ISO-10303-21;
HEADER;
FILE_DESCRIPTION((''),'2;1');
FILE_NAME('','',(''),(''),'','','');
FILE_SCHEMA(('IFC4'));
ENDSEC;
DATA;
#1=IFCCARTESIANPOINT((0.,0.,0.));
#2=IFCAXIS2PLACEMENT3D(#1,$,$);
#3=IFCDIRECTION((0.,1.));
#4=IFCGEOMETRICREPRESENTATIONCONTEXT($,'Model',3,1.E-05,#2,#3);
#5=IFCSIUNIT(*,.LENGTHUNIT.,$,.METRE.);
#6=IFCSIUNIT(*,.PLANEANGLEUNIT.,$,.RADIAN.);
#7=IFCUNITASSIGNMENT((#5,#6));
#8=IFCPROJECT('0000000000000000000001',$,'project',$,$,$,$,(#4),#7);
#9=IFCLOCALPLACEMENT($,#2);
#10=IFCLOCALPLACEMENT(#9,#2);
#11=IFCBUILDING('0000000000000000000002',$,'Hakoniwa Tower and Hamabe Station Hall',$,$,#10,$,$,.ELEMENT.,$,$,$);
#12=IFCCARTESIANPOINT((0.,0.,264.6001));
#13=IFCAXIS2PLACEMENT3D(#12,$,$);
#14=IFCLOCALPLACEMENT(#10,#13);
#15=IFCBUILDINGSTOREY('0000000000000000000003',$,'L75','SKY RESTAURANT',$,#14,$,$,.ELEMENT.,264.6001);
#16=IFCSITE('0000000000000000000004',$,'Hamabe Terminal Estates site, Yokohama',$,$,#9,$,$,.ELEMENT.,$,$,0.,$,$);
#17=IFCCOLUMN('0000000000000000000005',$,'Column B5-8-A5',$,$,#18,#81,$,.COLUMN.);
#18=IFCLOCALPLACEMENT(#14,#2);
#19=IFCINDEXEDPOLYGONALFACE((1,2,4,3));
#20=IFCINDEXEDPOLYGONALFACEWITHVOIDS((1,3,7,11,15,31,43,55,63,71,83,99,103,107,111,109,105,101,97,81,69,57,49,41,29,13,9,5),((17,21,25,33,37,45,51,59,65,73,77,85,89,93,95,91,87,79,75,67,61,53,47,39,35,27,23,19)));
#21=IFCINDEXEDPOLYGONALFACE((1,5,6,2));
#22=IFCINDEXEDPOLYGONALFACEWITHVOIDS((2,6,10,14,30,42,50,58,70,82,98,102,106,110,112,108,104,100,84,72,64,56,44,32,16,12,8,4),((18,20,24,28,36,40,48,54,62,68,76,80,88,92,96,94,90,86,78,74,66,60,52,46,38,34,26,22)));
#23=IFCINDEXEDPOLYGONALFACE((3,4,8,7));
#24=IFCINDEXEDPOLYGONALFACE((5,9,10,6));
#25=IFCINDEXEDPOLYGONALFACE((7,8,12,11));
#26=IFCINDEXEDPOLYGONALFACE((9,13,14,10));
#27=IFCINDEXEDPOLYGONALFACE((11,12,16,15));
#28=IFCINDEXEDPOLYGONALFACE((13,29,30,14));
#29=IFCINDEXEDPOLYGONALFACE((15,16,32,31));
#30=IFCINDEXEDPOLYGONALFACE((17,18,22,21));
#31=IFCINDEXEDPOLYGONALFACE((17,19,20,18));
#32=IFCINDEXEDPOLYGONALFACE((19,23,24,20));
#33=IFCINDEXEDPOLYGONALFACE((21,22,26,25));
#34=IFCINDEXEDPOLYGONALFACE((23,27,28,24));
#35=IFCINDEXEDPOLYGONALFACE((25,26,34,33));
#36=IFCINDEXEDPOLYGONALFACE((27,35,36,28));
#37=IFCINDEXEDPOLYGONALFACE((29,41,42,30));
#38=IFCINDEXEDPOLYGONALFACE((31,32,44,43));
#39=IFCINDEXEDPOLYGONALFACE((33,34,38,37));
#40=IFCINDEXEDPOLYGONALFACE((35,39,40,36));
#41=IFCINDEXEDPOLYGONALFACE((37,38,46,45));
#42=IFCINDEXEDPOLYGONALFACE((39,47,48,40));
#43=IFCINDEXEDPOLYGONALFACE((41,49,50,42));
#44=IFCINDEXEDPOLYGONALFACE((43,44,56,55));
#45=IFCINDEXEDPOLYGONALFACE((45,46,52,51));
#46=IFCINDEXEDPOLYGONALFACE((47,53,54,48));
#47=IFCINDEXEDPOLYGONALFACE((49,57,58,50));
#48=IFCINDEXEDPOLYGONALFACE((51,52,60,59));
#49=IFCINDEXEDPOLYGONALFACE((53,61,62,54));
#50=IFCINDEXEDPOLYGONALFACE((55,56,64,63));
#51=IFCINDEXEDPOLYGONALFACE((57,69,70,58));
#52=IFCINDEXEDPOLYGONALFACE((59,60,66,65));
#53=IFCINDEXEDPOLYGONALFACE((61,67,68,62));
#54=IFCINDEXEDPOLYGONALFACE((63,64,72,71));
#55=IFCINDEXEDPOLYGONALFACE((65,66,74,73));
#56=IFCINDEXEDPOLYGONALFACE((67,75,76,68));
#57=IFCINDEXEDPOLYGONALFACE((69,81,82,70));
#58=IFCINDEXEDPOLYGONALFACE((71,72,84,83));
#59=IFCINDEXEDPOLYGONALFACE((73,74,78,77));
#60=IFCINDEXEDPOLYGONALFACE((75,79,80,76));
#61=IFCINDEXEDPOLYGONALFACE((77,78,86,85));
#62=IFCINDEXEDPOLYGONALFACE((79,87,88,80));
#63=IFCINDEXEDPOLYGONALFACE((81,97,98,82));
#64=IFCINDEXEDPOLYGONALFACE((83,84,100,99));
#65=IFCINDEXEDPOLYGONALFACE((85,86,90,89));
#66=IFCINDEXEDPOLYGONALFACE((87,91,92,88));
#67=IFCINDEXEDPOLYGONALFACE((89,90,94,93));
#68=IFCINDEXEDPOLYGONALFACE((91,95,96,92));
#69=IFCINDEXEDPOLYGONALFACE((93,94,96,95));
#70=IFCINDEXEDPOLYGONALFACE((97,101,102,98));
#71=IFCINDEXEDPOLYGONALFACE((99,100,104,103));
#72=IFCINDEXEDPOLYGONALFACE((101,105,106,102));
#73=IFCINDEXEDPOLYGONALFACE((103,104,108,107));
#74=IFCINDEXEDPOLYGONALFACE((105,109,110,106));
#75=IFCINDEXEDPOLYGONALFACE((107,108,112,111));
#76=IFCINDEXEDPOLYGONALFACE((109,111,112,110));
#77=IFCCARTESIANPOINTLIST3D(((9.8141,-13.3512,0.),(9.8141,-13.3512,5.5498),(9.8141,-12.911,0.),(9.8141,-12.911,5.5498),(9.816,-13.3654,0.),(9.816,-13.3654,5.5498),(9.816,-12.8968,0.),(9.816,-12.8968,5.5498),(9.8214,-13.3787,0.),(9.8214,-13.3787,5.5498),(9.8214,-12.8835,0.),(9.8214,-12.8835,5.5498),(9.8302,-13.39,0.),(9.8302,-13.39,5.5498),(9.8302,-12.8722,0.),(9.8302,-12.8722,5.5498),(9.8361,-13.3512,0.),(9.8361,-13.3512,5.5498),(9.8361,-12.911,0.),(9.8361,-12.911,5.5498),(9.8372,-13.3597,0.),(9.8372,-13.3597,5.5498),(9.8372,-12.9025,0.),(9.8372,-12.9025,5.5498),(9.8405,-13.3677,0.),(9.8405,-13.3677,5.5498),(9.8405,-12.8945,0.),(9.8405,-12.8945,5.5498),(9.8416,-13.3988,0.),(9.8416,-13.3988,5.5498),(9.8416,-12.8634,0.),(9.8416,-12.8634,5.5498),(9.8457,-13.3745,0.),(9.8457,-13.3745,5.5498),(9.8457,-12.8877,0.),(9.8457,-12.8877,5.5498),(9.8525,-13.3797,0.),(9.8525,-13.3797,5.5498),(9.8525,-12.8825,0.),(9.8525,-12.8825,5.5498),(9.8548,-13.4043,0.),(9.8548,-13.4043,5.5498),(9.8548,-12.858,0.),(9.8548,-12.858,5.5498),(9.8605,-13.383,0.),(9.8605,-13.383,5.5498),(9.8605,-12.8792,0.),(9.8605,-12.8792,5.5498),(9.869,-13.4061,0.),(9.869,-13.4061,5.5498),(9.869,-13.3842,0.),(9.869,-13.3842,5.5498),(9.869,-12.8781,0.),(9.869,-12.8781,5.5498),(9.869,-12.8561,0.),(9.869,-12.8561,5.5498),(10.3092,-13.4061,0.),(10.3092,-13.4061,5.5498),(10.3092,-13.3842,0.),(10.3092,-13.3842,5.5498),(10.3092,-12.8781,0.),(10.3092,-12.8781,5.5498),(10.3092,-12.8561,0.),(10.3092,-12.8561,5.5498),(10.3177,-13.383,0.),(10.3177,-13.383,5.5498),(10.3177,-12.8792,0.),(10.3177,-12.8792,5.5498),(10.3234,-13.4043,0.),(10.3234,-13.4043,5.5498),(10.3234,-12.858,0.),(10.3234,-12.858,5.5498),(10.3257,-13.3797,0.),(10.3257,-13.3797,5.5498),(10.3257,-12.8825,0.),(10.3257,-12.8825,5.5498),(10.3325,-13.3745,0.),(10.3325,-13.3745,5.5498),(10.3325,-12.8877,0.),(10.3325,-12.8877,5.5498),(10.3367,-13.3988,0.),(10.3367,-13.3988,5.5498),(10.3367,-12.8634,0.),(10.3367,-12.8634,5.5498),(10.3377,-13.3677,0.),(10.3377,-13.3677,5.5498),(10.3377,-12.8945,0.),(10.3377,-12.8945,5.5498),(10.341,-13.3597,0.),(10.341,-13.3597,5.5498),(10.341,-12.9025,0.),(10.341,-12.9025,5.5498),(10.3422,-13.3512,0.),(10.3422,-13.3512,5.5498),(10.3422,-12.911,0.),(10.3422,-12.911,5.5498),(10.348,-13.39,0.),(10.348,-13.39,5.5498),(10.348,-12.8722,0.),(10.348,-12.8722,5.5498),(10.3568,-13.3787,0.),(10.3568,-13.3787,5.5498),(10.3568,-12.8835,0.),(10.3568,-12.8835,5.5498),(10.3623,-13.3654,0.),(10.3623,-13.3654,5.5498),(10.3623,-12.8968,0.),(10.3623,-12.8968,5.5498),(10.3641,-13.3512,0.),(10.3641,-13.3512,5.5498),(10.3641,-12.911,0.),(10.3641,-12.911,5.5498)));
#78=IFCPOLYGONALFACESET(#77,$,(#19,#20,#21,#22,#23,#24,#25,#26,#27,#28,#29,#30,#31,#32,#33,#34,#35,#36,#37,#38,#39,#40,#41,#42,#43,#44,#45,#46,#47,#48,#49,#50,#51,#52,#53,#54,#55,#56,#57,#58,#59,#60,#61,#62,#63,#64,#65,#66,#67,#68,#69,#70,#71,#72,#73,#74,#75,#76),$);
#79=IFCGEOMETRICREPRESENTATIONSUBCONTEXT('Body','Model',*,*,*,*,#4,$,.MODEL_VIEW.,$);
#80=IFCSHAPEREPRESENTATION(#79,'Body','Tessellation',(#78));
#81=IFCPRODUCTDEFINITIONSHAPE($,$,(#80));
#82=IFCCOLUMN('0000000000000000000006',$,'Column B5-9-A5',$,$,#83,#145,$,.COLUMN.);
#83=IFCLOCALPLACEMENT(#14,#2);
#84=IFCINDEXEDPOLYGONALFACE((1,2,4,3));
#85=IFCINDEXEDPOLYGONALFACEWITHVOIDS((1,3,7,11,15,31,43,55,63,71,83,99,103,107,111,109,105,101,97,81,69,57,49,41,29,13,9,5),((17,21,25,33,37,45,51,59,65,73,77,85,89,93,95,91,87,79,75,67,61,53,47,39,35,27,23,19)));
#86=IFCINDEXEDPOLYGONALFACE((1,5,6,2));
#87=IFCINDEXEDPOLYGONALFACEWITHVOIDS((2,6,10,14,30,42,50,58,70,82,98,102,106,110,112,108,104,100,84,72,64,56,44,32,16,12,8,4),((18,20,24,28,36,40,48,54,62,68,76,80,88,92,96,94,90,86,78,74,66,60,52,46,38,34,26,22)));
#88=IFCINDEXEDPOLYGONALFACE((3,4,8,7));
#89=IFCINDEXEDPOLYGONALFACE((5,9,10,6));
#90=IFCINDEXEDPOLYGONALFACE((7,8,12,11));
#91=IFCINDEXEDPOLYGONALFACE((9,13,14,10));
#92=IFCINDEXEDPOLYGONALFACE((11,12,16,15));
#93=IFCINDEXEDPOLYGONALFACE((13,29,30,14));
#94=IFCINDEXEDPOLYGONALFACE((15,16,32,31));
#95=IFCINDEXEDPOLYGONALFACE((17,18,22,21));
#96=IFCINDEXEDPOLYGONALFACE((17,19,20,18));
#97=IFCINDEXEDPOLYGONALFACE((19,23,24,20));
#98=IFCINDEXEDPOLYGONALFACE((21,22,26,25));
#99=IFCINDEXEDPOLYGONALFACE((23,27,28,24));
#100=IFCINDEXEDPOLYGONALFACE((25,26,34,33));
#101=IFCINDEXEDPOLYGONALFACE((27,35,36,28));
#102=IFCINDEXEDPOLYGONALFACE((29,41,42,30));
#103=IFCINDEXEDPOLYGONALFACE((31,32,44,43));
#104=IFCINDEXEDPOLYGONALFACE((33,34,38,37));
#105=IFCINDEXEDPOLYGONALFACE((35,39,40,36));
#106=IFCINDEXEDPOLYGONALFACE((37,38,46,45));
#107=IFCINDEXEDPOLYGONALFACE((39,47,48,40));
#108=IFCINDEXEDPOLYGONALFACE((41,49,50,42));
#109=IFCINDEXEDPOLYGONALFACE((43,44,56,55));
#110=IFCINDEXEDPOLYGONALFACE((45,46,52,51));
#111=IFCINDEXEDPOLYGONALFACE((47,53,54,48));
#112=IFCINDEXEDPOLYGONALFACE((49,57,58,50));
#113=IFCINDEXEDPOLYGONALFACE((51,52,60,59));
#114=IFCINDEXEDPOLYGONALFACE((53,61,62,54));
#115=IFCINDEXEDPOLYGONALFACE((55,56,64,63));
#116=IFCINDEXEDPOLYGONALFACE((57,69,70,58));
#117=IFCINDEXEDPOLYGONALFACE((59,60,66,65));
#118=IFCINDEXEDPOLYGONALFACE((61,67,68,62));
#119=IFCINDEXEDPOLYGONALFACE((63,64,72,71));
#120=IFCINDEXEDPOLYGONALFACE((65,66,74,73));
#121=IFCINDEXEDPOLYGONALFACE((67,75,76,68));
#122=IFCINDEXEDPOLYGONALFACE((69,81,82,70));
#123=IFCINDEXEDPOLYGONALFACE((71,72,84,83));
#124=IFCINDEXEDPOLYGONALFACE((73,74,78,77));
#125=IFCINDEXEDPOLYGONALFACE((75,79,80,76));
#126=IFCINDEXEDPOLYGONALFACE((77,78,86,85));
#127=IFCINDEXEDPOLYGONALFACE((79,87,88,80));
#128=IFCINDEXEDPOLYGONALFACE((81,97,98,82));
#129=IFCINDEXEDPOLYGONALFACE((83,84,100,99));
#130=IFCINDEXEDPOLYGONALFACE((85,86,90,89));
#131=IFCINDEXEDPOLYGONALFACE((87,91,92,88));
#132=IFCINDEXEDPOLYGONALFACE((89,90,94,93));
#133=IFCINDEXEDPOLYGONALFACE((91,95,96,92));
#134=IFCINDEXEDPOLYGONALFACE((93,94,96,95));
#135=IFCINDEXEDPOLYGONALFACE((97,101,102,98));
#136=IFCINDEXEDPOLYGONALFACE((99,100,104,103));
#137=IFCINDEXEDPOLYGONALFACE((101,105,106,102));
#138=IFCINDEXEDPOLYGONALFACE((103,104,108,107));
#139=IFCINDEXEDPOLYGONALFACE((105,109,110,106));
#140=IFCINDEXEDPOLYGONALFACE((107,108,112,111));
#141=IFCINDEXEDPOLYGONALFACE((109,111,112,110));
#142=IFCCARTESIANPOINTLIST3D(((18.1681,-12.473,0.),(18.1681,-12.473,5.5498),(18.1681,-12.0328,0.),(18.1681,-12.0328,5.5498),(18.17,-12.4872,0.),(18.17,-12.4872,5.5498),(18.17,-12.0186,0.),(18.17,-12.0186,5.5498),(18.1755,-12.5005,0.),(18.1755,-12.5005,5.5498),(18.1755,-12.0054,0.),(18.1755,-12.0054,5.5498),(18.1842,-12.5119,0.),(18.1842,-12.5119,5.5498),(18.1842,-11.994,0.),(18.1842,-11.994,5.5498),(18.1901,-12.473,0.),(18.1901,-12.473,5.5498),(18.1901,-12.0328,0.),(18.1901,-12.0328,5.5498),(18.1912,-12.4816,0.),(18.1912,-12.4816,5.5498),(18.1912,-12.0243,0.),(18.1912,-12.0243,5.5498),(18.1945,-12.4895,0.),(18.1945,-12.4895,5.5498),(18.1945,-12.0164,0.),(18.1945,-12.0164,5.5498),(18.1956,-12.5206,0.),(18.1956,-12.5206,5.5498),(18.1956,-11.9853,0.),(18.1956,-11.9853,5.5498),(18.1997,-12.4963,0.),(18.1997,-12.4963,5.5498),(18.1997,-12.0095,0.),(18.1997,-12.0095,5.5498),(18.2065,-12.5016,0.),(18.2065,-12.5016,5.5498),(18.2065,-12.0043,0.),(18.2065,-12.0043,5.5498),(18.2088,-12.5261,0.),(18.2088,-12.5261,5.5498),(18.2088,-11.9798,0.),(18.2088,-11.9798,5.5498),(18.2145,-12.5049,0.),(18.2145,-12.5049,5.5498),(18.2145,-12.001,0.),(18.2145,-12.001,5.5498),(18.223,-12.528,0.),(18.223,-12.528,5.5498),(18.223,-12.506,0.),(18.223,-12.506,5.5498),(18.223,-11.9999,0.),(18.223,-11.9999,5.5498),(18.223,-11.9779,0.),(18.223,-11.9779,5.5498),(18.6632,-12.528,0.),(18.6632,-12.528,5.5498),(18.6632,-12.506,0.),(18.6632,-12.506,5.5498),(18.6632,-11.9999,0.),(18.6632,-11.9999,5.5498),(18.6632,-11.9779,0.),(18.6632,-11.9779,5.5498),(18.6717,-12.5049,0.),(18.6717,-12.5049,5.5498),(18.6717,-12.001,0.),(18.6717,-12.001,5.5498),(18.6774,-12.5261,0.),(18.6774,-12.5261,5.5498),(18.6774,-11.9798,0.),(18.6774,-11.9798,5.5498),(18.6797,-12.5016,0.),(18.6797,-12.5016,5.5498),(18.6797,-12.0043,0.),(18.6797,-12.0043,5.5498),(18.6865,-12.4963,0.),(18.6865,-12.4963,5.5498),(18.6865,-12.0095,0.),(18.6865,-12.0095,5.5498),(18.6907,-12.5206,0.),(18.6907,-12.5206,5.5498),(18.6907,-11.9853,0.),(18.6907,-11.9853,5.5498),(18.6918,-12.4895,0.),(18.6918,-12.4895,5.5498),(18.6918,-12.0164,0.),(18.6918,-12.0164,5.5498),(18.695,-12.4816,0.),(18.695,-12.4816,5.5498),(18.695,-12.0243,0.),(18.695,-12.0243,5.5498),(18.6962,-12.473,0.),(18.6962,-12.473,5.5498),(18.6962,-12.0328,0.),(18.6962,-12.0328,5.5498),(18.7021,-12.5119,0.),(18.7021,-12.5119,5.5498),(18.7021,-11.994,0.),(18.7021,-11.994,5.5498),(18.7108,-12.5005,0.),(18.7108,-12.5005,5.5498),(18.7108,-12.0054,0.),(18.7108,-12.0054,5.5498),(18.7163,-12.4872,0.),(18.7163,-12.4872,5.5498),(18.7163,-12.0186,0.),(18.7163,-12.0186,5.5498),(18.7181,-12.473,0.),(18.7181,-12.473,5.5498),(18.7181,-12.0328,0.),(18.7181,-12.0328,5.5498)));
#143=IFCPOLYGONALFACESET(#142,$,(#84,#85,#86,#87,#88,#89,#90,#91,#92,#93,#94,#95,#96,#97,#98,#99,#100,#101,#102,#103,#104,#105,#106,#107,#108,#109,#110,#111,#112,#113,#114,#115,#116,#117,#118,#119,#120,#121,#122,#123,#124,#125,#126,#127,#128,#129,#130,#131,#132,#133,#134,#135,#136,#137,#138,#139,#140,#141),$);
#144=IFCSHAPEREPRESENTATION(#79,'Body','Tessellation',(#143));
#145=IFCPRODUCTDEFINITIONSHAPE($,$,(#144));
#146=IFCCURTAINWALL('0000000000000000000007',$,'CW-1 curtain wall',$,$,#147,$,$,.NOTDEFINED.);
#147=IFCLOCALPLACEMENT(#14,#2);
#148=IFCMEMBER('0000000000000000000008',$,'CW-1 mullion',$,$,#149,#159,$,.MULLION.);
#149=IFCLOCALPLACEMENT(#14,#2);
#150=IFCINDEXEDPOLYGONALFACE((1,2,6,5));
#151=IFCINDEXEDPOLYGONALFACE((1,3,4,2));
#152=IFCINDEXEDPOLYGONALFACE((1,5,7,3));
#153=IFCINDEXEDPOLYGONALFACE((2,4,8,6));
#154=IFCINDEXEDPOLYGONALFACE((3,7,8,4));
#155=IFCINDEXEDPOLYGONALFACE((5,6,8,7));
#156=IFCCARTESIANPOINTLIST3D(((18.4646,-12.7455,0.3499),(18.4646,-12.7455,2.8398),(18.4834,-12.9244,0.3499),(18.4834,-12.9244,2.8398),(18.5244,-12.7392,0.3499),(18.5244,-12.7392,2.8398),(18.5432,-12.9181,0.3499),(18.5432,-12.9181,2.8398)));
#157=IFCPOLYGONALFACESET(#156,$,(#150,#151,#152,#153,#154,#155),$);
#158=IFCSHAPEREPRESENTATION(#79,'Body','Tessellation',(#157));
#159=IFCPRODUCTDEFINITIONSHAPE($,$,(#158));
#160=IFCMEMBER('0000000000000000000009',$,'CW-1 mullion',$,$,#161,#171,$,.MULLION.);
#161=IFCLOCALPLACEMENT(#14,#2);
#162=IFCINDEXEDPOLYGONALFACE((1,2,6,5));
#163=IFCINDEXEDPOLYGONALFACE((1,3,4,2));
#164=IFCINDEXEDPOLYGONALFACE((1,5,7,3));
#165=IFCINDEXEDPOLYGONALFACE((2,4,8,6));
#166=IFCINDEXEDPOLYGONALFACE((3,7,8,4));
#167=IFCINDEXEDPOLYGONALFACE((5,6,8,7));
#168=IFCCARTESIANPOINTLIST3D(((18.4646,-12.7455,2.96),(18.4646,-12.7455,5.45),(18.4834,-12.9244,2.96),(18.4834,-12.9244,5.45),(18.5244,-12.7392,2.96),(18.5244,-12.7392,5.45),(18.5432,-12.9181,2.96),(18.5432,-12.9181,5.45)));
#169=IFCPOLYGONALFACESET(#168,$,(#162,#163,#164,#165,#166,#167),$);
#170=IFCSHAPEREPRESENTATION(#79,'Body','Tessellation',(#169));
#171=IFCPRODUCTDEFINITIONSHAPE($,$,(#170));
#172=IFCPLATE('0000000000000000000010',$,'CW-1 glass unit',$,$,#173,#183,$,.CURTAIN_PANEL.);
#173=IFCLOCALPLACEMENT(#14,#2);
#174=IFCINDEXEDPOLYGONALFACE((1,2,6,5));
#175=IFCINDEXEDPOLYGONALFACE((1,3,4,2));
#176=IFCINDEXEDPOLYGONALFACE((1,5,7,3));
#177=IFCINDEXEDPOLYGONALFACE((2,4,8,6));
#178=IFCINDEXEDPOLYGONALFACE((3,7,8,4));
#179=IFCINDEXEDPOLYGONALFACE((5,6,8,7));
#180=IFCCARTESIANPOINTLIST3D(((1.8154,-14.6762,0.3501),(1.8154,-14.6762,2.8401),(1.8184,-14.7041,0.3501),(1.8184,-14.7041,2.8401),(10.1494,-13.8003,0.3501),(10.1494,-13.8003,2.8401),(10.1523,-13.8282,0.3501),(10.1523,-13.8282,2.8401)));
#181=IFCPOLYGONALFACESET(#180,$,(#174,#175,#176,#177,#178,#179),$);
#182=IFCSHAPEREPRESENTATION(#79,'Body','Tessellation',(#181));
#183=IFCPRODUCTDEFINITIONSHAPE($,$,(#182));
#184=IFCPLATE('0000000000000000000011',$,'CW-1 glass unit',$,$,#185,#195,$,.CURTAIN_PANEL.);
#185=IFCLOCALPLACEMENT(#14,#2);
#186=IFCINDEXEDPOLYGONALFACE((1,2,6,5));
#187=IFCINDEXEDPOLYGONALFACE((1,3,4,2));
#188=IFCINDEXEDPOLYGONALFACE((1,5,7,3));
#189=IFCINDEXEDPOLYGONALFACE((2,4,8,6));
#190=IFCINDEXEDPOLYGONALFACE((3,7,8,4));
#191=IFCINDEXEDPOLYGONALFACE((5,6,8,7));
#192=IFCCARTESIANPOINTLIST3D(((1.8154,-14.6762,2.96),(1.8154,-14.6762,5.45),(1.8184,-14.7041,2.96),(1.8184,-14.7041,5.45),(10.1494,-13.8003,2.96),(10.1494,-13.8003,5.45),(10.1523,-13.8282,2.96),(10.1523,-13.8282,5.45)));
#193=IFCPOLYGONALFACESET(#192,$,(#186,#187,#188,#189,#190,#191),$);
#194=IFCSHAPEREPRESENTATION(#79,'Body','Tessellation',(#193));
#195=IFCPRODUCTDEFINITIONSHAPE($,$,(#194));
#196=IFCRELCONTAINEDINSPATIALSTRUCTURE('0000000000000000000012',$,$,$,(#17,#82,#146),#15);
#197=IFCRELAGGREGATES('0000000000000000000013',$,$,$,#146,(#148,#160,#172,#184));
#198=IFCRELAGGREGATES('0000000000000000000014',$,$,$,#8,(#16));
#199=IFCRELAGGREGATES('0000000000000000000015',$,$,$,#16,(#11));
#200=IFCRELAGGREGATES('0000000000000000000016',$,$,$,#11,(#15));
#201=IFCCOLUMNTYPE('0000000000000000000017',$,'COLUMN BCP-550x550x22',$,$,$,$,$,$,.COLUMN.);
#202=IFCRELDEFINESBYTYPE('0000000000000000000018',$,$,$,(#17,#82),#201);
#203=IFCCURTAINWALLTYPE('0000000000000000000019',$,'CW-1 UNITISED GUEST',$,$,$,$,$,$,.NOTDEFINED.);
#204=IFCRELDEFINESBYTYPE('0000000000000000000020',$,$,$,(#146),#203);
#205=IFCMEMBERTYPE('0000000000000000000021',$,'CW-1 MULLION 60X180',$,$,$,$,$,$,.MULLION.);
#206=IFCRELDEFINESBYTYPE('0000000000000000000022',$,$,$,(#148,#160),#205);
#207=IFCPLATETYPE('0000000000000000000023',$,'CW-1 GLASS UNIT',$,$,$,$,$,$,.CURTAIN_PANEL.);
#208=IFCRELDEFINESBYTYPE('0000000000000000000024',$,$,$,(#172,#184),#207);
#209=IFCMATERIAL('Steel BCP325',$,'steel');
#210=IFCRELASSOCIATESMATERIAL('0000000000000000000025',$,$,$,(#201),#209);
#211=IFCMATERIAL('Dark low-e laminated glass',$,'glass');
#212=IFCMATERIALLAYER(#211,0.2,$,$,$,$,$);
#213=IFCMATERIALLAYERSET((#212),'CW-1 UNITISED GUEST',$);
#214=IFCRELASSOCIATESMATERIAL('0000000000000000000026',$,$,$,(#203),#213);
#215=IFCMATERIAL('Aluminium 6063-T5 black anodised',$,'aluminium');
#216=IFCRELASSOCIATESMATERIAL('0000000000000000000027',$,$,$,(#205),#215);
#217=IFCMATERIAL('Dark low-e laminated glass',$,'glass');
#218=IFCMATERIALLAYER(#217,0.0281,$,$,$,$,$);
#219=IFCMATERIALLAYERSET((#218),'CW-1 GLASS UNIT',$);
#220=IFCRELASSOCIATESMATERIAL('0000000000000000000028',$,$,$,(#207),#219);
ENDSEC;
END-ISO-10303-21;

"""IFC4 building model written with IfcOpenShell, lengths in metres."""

from ifc_helpers import new_model, si_unit, direction, frame, origin, origin_2d, place, context, subcontext, project, spatial, rectangle, hollow_rectangle, extrude, material, layer, layer_set, material_profile, profile_set, type_object, element, aggregate, save


model = new_model("IFC4")

# Units and contexts
model_context = context("Model", 3, precision=1e-05, world=origin(), true_north=direction((0.0, 1.0)))
body_context = subcontext(model_context, "Body", "Model", "MODEL_VIEW")
ifc_project = project(units=[si_unit("LENGTHUNIT", "METRE"), si_unit("PLANEANGLEUNIT", "RADIAN")], contexts=[model_context])

# Site, building, storey
site_placement = place(None, origin())
site = spatial("IfcSite", under=ifc_project, at=site_placement, Name="Hamabe Terminal Estates site, Yokohama", CompositionType="ELEMENT", RefElevation=0.0)
building_placement = place(site_placement, origin())
building = spatial("IfcBuilding", under=site, at=building_placement, Name="Hakoniwa Tower and Hamabe Station Hall", CompositionType="ELEMENT")
storey_placement = place(building_placement, frame((0.0, 0.0, 264.6001)))
storey = spatial("IfcBuildingStorey", under=building, at=storey_placement, Name="L75", Description="SKY RESTAURANT", CompositionType="ELEMENT", Elevation=264.6001)

# Columns
ifc_material_1 = material(Name="Steel BCP325", Category="steel")
ifc_material_profile_1 = material_profile(ifc_material_1, hollow_rectangle(XDim=0.55, YDim=0.55, WallThickness=0.022, InnerFilletRadius=0.033, OuterFilletRadius=0.0549, at=origin_2d()), Name="BCP-550x550x22")
ifc_profile_set_1 = profile_set([ifc_material_profile_1], Name="Steel BCP325")
column_type = type_object("IfcColumnType", Name="COLUMN BCP-550x550x22", PredefinedType="COLUMN", material=ifc_profile_set_1)
for number, where, z_axis, x_axis, name in (
    (1, (10.0891, -13.1311, 0.0), (0.0, 0.0, 1.0), (1.0, 0.0, 0.0), "Column B5-8-A5"),
    (2, (18.4431, -12.2529, 0.0), (0.0, 0.0, 1.0), (1.0, 0.0, 0.0), "Column B5-9-A5"),
):
    element("IfcColumn", number, at=place(storey_placement, frame(where, z_axis=z_axis, x_axis=x_axis)), inside=storey, type_object=column_type, Name=name, PredefinedType="COLUMN", context=body_context, shape_type="SweptSolid", body=[
        extrude(hollow_rectangle(XDim=0.55, YDim=0.55, WallThickness=0.022, InnerFilletRadius=0.033, OuterFilletRadius=0.0549, at=origin_2d()), origin(), (0.0, 0.0, 1.0), 5.5498),
    ])

# Curtain wall, members, plates
ifc_material_2 = material(Name="Dark low-e laminated glass", Category="glass")
ifc_layer_1 = layer(ifc_material_2, 0.2)
ifc_layer_set_1 = layer_set([ifc_layer_1], Name="CW-1 UNITISED GUEST")
curtain_wall_type = type_object("IfcCurtainWallType", Name="CW-1 UNITISED GUEST", PredefinedType="NOTDEFINED", material=ifc_layer_set_1)
curtain_wall_placement = place(storey_placement, origin())
curtain_wall = element("IfcCurtainWall", 3, at=curtain_wall_placement, inside=storey, type_object=curtain_wall_type, Name="CW-1 curtain wall", PredefinedType="NOTDEFINED")
ifc_material_3 = material(Name="Aluminium 6063-T5 black anodised", Category="aluminium")
ifc_material_profile_2 = material_profile(ifc_material_3, rectangle(XDim=0.0601, YDim=0.1799, at=origin_2d()), Name="CW-1 MULLION 60X180")
ifc_profile_set_2 = profile_set([ifc_material_profile_2], Name="Aluminium 6063-T5 black anodised")
member_type = type_object("IfcMemberType", Name="CW-1 MULLION 60X180", PredefinedType="MULLION", material=ifc_profile_set_2)
member_1_placement = place(storey_placement, frame((18.5039, -12.8318, 0.3499), z_axis=(0.0, 0.0, 1.0), x_axis=(0.994522, 0.104528, 0.0)))
member_1 = element("IfcMember", 4, at=member_1_placement, type_object=member_type, Name="CW-1 mullion", PredefinedType="MULLION", context=body_context, shape_type="SweptSolid", body=[
    extrude(rectangle(XDim=0.0601, YDim=0.1799, at=origin_2d()), origin(), (0.0, 0.0, 1.0), 2.49),
])
member_2_placement = place(storey_placement, frame((18.5039, -12.8318, 2.96), z_axis=(0.0, 0.0, 1.0), x_axis=(0.994522, 0.104528, 0.0)))
member_2 = element("IfcMember", 5, at=member_2_placement, type_object=member_type, Name="CW-1 mullion", PredefinedType="MULLION", context=body_context, shape_type="SweptSolid", body=[
    extrude(rectangle(XDim=0.0601, YDim=0.1799, at=origin_2d()), origin(), (0.0, 0.0, 1.0), 2.49),
])
ifc_material_4 = material(Name="Dark low-e laminated glass", Category="glass")
ifc_layer_2 = layer(ifc_material_4, 0.0281)
ifc_layer_set_2 = layer_set([ifc_layer_2], Name="CW-1 GLASS UNIT")
plate_type = type_object("IfcPlateType", Name="CW-1 GLASS UNIT", PredefinedType="CURTAIN_PANEL", material=ifc_layer_set_2)
plate_1_placement = place(storey_placement, frame((5.9839, -14.2522, 0.3501), z_axis=(0.0, 0.0, 1.0), x_axis=(0.994522, 0.104528, 0.0)))
plate_1 = element("IfcPlate", 6, at=plate_1_placement, type_object=plate_type, Name="CW-1 glass unit", PredefinedType="CURTAIN_PANEL", context=body_context, shape_type="SweptSolid", body=[
    extrude(rectangle(XDim=8.3799, YDim=0.0281, at=origin_2d()), origin(), (0.0, 0.0, 1.0), 2.49),
])
plate_2_placement = place(storey_placement, frame((5.9839, -14.2522, 2.96), z_axis=(0.0, 0.0, 1.0), x_axis=(0.994522, 0.104528, 0.0)))
plate_2 = element("IfcPlate", 7, at=plate_2_placement, type_object=plate_type, Name="CW-1 glass unit", PredefinedType="CURTAIN_PANEL", context=body_context, shape_type="SweptSolid", body=[
    extrude(rectangle(XDim=8.3799, YDim=0.0281, at=origin_2d()), origin(), (0.0, 0.0, 1.0), 2.49),
])
aggregate(curtain_wall, [member_1, member_2, plate_1, plate_2])

save(model, "model.ifc")
